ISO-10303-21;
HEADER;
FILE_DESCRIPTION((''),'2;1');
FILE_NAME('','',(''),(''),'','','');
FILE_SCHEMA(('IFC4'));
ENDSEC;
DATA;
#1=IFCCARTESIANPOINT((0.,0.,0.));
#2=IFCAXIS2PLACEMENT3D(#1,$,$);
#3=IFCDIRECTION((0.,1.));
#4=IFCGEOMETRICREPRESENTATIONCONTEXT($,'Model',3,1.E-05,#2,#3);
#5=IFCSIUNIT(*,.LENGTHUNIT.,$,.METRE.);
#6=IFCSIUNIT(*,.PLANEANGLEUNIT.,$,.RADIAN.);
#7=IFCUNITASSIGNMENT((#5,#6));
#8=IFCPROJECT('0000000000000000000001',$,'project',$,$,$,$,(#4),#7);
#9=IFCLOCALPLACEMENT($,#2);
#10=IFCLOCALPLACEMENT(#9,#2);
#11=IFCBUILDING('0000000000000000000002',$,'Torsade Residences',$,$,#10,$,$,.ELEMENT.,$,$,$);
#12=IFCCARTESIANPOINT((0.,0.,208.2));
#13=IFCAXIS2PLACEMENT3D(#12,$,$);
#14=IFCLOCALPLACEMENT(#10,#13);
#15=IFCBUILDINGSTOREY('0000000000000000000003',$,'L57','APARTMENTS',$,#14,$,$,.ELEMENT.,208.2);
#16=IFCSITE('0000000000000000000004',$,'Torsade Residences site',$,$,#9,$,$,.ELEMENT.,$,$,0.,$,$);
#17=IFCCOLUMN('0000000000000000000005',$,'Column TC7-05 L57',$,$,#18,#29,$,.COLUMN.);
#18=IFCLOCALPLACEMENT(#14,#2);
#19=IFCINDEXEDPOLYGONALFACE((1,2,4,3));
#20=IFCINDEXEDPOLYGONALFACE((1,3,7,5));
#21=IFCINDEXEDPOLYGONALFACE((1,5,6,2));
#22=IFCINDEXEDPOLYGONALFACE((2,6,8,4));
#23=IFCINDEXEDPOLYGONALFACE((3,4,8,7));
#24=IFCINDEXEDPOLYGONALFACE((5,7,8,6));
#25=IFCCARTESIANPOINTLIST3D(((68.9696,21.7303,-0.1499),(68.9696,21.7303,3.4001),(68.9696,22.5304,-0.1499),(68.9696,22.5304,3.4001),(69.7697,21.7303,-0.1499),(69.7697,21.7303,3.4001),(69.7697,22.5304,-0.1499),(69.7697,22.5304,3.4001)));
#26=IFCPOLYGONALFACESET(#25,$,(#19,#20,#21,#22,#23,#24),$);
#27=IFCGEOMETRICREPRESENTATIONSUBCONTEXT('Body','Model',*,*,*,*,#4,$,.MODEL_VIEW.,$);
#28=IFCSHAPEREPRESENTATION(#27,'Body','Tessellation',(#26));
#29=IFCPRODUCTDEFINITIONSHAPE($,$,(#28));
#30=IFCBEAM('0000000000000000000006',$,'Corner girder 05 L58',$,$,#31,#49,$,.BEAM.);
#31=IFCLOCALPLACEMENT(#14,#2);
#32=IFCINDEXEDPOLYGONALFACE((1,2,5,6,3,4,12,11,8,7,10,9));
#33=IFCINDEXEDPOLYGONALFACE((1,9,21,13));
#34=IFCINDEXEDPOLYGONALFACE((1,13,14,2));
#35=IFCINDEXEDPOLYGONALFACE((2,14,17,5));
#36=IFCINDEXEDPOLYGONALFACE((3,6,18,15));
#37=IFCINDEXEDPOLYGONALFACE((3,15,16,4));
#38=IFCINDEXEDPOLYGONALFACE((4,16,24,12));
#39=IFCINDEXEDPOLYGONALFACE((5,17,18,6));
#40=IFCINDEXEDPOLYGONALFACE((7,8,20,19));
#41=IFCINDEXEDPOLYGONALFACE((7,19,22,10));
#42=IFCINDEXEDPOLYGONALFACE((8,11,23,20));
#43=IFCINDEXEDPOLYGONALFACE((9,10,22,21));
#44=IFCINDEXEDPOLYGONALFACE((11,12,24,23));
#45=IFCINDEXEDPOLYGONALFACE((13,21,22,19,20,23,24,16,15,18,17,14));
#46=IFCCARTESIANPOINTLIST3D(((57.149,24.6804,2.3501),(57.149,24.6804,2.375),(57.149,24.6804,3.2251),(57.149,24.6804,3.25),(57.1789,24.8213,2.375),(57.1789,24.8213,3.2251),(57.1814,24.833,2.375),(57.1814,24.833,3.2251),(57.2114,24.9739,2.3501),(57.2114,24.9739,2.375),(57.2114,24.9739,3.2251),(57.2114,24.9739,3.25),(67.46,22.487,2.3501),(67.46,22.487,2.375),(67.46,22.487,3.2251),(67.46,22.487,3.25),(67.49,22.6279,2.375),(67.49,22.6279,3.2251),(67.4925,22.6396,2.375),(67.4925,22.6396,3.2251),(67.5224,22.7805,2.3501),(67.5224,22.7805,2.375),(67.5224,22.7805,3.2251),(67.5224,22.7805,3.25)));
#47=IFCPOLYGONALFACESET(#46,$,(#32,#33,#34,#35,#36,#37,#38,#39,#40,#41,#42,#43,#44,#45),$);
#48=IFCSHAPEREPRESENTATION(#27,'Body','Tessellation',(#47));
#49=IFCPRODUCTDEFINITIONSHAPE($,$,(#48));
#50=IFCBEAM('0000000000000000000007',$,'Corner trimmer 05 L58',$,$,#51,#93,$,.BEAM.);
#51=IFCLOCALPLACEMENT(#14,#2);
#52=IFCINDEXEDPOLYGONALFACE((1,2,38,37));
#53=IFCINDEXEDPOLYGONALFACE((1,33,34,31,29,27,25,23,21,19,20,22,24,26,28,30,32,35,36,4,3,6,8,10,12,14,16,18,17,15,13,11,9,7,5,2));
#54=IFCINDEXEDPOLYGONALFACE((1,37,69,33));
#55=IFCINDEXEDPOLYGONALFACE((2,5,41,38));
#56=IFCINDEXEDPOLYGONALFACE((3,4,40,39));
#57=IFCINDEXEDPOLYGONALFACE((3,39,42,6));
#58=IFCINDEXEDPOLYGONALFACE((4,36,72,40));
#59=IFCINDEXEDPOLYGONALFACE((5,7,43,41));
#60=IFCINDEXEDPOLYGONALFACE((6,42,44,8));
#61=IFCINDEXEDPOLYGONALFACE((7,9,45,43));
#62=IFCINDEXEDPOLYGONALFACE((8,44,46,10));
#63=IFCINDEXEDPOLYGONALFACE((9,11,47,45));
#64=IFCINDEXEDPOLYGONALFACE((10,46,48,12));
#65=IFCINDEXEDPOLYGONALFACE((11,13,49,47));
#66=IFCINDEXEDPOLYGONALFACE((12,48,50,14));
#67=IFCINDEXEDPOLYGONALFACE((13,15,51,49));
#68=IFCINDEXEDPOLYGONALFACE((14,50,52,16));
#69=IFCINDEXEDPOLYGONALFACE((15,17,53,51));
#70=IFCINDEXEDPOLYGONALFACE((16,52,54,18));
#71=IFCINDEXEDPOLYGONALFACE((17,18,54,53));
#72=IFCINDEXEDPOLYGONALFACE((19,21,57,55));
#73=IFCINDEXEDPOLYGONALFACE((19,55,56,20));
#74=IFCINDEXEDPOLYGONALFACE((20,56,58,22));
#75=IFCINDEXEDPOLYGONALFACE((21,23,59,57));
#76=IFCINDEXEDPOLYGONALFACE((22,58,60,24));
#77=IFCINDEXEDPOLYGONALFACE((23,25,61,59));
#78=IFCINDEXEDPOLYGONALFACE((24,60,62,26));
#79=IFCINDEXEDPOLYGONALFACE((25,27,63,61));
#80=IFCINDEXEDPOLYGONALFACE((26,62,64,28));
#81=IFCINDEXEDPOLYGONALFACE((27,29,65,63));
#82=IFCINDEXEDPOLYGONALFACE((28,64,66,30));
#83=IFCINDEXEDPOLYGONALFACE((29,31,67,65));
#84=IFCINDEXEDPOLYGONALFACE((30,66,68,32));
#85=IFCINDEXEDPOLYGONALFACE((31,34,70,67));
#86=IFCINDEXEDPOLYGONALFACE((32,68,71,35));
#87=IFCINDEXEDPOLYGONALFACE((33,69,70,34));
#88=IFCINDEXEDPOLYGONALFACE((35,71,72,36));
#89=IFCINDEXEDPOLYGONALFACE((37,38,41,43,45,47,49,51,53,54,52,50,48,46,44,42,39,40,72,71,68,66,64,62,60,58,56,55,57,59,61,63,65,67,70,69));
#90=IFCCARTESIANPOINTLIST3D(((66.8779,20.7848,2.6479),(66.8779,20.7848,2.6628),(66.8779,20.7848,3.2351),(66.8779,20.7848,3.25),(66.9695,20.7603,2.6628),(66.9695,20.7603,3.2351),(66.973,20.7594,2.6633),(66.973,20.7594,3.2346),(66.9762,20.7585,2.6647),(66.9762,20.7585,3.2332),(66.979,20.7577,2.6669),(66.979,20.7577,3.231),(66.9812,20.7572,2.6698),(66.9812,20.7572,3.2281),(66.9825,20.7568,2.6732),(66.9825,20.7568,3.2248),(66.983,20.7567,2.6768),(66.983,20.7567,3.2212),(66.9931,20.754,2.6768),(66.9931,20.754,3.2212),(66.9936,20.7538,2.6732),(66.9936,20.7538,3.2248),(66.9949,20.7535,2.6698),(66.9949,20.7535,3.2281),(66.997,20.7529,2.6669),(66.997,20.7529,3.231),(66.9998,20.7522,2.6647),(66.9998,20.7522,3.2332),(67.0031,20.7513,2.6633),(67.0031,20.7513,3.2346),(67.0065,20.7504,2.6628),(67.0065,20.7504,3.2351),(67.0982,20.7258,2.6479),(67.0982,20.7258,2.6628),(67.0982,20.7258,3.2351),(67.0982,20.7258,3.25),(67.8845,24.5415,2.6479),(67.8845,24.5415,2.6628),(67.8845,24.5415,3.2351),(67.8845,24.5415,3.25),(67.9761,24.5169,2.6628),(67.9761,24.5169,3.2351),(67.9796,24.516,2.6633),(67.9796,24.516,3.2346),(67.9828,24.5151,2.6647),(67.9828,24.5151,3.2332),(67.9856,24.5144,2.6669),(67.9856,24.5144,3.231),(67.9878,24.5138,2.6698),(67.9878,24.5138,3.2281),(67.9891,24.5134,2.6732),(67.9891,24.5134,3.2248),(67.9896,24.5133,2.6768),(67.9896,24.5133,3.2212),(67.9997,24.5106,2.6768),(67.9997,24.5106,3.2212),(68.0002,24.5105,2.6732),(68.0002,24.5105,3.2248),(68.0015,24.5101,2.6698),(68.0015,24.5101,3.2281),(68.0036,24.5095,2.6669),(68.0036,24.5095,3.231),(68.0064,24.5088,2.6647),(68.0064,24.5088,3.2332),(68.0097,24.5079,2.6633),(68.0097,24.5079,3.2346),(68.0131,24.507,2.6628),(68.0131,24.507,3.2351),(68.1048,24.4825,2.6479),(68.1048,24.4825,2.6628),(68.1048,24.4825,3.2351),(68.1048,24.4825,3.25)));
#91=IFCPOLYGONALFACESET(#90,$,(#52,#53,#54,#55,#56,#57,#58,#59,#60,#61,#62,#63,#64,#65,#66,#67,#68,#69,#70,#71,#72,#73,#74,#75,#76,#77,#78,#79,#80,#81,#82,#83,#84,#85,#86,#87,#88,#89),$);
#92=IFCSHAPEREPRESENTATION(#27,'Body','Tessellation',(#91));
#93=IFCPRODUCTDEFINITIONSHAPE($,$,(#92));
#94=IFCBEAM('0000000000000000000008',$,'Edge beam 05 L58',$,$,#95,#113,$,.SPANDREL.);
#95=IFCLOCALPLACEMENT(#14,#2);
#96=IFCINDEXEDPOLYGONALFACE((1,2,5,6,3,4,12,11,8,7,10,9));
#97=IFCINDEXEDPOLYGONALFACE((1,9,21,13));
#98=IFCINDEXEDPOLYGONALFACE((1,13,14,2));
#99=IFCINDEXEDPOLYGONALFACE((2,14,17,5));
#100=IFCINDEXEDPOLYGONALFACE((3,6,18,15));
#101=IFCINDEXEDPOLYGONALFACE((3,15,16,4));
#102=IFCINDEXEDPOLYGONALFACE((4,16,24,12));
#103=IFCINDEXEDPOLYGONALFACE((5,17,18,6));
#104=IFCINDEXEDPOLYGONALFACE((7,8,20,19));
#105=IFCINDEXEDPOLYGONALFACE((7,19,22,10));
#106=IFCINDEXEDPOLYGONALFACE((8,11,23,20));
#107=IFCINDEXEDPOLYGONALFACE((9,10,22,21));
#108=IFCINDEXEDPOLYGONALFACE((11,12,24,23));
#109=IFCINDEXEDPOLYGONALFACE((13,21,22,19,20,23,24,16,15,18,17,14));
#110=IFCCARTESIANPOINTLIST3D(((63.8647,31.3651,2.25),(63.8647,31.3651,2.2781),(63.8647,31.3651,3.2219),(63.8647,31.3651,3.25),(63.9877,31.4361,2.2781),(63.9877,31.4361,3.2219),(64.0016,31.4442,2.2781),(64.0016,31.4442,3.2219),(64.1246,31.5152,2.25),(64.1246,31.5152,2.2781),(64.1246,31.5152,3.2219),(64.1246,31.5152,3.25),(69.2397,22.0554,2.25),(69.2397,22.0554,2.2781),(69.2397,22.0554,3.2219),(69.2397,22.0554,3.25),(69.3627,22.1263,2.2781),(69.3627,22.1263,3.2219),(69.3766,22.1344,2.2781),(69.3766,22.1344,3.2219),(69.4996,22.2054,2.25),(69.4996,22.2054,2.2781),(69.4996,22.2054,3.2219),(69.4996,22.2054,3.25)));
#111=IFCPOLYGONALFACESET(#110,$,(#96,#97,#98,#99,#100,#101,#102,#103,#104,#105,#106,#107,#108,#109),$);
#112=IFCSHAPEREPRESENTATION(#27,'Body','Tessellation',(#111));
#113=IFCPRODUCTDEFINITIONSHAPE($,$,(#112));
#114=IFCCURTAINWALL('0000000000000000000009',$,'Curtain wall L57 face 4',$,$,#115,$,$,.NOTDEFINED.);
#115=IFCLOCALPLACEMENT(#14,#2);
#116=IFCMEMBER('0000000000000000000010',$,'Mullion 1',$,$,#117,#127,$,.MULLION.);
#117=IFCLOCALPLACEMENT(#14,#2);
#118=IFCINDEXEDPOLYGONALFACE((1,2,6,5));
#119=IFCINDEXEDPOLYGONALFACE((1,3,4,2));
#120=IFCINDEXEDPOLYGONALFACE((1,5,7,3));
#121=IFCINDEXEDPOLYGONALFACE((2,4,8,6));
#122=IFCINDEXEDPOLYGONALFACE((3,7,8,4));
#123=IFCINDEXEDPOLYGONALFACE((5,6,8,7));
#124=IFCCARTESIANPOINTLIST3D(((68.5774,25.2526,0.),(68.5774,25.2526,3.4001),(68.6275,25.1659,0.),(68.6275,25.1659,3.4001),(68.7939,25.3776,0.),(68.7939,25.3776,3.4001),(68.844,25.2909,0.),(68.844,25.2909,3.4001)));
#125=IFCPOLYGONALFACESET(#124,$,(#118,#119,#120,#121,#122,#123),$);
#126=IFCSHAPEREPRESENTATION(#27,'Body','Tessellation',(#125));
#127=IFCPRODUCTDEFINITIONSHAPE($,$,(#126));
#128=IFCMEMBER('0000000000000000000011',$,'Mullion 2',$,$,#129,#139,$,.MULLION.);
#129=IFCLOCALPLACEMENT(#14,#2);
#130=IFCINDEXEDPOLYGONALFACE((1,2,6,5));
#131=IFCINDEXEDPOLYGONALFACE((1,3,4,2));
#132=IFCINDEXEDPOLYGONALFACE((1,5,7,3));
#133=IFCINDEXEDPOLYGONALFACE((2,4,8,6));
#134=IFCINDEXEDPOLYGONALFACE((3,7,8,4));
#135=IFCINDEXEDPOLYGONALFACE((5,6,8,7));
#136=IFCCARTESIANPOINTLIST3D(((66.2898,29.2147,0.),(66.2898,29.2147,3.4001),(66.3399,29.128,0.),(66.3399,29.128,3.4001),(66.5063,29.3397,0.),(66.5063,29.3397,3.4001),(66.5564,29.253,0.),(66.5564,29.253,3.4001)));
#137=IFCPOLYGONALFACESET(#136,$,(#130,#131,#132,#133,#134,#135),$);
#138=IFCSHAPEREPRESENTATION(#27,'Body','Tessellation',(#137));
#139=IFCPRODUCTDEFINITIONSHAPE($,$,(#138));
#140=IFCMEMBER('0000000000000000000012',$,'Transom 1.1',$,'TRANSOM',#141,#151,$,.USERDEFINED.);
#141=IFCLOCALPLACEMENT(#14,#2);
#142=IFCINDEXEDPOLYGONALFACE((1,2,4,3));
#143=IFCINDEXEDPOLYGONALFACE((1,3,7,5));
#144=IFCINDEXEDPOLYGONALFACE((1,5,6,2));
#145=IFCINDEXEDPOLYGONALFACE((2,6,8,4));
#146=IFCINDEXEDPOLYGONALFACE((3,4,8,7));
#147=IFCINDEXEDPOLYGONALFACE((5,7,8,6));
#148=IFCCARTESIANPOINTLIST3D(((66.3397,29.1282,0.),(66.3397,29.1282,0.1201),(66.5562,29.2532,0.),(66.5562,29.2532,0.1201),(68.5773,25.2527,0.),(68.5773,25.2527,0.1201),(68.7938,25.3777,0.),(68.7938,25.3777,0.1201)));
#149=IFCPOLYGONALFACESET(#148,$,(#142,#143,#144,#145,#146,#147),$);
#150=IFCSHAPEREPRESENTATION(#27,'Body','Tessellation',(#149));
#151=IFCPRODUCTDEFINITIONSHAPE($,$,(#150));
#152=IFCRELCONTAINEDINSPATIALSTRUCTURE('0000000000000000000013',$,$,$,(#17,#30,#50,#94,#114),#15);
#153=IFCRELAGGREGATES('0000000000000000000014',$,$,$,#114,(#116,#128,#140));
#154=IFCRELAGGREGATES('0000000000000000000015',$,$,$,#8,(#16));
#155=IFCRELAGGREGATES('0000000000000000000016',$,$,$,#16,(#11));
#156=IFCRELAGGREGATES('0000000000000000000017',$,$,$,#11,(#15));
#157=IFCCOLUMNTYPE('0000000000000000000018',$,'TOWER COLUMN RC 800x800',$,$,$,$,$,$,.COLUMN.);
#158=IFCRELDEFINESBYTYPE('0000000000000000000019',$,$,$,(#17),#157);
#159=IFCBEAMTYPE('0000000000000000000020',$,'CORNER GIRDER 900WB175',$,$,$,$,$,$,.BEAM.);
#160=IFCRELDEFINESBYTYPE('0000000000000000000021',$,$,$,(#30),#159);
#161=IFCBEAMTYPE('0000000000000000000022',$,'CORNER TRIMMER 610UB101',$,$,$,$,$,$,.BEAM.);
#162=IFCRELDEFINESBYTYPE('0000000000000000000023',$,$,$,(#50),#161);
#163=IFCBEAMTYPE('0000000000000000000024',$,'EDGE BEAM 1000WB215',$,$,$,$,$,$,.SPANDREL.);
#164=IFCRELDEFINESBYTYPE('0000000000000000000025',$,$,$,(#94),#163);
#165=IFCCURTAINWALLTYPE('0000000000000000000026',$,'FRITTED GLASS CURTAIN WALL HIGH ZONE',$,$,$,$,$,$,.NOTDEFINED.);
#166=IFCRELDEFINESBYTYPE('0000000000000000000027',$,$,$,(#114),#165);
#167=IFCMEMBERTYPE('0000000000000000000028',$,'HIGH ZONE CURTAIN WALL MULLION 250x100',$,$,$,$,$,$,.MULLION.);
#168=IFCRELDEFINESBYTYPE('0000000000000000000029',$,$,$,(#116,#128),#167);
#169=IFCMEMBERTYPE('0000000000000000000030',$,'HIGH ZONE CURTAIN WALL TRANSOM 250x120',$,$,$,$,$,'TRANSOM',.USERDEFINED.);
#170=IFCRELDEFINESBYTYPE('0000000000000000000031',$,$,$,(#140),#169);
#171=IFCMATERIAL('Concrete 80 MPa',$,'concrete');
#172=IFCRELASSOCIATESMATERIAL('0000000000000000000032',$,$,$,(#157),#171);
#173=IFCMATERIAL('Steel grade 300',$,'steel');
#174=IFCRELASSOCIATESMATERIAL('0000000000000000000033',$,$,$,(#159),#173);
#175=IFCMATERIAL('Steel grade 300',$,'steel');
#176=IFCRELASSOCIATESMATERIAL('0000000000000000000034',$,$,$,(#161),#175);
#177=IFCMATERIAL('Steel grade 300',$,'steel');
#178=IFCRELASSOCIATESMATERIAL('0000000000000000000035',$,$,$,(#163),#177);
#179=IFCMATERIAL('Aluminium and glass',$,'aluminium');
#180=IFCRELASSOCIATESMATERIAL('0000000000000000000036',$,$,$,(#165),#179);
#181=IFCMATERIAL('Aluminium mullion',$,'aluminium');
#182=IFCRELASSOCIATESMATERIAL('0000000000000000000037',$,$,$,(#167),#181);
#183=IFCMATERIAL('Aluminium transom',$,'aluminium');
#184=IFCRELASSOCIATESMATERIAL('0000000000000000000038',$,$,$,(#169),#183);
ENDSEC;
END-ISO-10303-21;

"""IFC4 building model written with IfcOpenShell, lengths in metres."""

from ifc_helpers import new_model, si_unit, direction, frame, origin, origin_2d, place, context, subcontext, project, spatial, rectangle, i_section, extrude, material, material_profile, profile_set, type_object, element, aggregate, save


model = new_model("IFC4")

# Units and contexts
model_context = context("Model", 3, precision=1e-05, world=origin(), true_north=direction((0.0, 1.0)))
body_context = subcontext(model_context, "Body", "Model", "MODEL_VIEW")
ifc_project = project(units=[si_unit("LENGTHUNIT", "METRE"), si_unit("PLANEANGLEUNIT", "RADIAN")], contexts=[model_context])

# Site, building, storey
site_placement = place(None, origin())
site = spatial("IfcSite", under=ifc_project, at=site_placement, Name="Torsade Residences site", CompositionType="ELEMENT", RefElevation=0.0)
building_placement = place(site_placement, origin())
building = spatial("IfcBuilding", under=site, at=building_placement, Name="Torsade Residences", CompositionType="ELEMENT")
storey_placement = place(building_placement, frame((0.0, 0.0, 208.2)))
storey = spatial("IfcBuildingStorey", under=building, at=storey_placement, Name="L57", Description="APARTMENTS", CompositionType="ELEMENT", Elevation=208.2)

# Column
ifc_material_1 = material(Name="Concrete 80 MPa", Category="concrete")
ifc_material_profile_1 = material_profile(ifc_material_1, rectangle(XDim=0.8, YDim=0.8, at=origin_2d()), Name="RC 800x800")
ifc_profile_set_1 = profile_set([ifc_material_profile_1], Name="Concrete 80 MPa")
column_type = type_object("IfcColumnType", Name="TOWER COLUMN RC 800x800", PredefinedType="COLUMN", material=ifc_profile_set_1)
column_placement = place(storey_placement, frame((69.3696, 22.1304, -0.1499), z_axis=(0.0, 0.0, 1.0), x_axis=(1.0, 0.0, 0.0)))
element("IfcColumn", 1, at=column_placement, inside=storey, type_object=column_type, Name="Column TC7-05 L57", PredefinedType="COLUMN", context=body_context, shape_type="SweptSolid", body=[
    extrude(rectangle(XDim=0.8, YDim=0.8, at=origin_2d()), origin(), (0.0, 0.0, 1.0), 3.55),
])

# Beams
ifc_material_2 = material(Name="Steel grade 300", Category="steel")
ifc_material_profile_2 = material_profile(ifc_material_2, i_section(OverallWidth=0.3, OverallDepth=0.8999, WebThickness=0.012, FlangeThickness=0.0249, at=origin_2d()), Name="900WB175")
ifc_profile_set_2 = profile_set([ifc_material_profile_2], Name="Steel grade 300")
beam_type_1 = type_object("IfcBeamType", Name="CORNER GIRDER 900WB175", PredefinedType="BEAM", material=ifc_profile_set_2)
beam_1_placement = place(storey_placement, frame((67.4912, 22.6338, 2.8), z_axis=(-0.978115, 0.208064, 0.0), x_axis=(-0.208064, -0.978115, 0.0)))
element("IfcBeam", 2, at=beam_1_placement, inside=storey, type_object=beam_type_1, Name="Corner girder 05 L58", PredefinedType="BEAM", context=body_context, shape_type="SweptSolid", body=[
    extrude(i_section(OverallWidth=0.3, OverallDepth=0.8999, WebThickness=0.012, FlangeThickness=0.0249, at=origin_2d()), origin(), (0.0, 0.0, 1.0), 10.5417),
])
ifc_material_3 = material(Name="Steel grade 300", Category="steel")
ifc_material_profile_3 = material_profile(ifc_material_3, i_section(OverallWidth=0.228, OverallDepth=0.6021, WebThickness=0.0105, FlangeThickness=0.0149, FilletRadius=0.0139, at=origin_2d()), Name="610UB101")
ifc_profile_set_3 = profile_set([ifc_material_profile_3], Name="Steel grade 300")
beam_type_2 = type_object("IfcBeamType", Name="CORNER TRIMMER 610UB101", PredefinedType="BEAM", material=ifc_profile_set_3)
beam_2_placement = place(storey_placement, frame((67.9946, 24.512, 2.949), z_axis=(-0.258823, -0.965925, 0.0), x_axis=(0.965925, -0.258823, 0.0)))
element("IfcBeam", 3, at=beam_2_placement, inside=storey, type_object=beam_type_2, Name="Corner trimmer 05 L58", PredefinedType="BEAM", context=body_context, shape_type="SweptSolid", body=[
    extrude(i_section(OverallWidth=0.228, OverallDepth=0.6021, WebThickness=0.0105, FlangeThickness=0.0149, FilletRadius=0.0139, at=origin_2d()), origin(), (0.0, 0.0, 1.0), 3.8892),
])
ifc_material_4 = material(Name="Steel grade 300", Category="steel")
ifc_material_profile_4 = material_profile(ifc_material_4, i_section(OverallWidth=0.3, OverallDepth=1.0, WebThickness=0.0161, FlangeThickness=0.0281, at=origin_2d()), Name="1000WB215")
ifc_profile_set_4 = profile_set([ifc_material_profile_4], Name="Steel grade 300")
beam_type_3 = type_object("IfcBeamType", Name="EDGE BEAM 1000WB215", PredefinedType="SPANDREL", material=ifc_profile_set_4)
beam_3_placement = place(storey_placement, frame((69.3696, 22.1304, 2.75), z_axis=(-0.499998, 0.866026, 0.0), x_axis=(-0.866026, -0.499998, 0.0)))
element("IfcBeam", 4, at=beam_3_placement, inside=storey, type_object=beam_type_3, Name="Edge beam 05 L58", PredefinedType="SPANDREL", context=body_context, shape_type="SweptSolid", body=[
    extrude(i_section(OverallWidth=0.3, OverallDepth=1.0, WebThickness=0.0161, FlangeThickness=0.0281, at=origin_2d()), origin(), (0.0, 0.0, 1.0), 10.75),
])

# Curtain wall, members
ifc_material_5 = material(Name="Aluminium and glass", Category="aluminium")
curtain_wall_type = type_object("IfcCurtainWallType", Name="FRITTED GLASS CURTAIN WALL HIGH ZONE", PredefinedType="NOTDEFINED", material=ifc_material_5)
curtain_wall_placement = place(storey_placement, origin())
curtain_wall = element("IfcCurtainWall", 5, at=curtain_wall_placement, inside=storey, type_object=curtain_wall_type, Name="Curtain wall L57 face 4", PredefinedType="NOTDEFINED")
ifc_material_6 = material(Name="Aluminium mullion", Category="aluminium")
ifc_material_profile_5 = material_profile(ifc_material_6, rectangle(XDim=0.25, YDim=0.1001, at=origin_2d()), Name="HIGH ZONE CURTAIN WALL MULLION 250x100")
ifc_profile_set_5 = profile_set([ifc_material_profile_5], Name="Aluminium mullion")
member_type_1 = type_object("IfcMemberType", Name="HIGH ZONE CURTAIN WALL MULLION 250x100", PredefinedType="MULLION", material=ifc_profile_set_5)
member_1_placement = place(storey_placement, frame((68.7107, 25.2717, 0.0), z_axis=(0.0, 0.0, 1.0), x_axis=(-0.866025, -0.5, 0.0)))
member_1 = element("IfcMember", 6, at=member_1_placement, type_object=member_type_1, Name="Mullion 1", PredefinedType="MULLION", context=body_context, shape_type="SweptSolid", body=[
    extrude(rectangle(XDim=0.25, YDim=0.1001, at=origin_2d()), origin(), (0.0, 0.0, 1.0), 3.4001),
])
member_2_placement = place(storey_placement, frame((66.4231, 29.2339, 0.0), z_axis=(0.0, 0.0, 1.0), x_axis=(-0.866025, -0.5, 0.0)))
member_2 = element("IfcMember", 7, at=member_2_placement, type_object=member_type_1, Name="Mullion 2", PredefinedType="MULLION", context=body_context, shape_type="SweptSolid", body=[
    extrude(rectangle(XDim=0.25, YDim=0.1001, at=origin_2d()), origin(), (0.0, 0.0, 1.0), 3.4001),
])
ifc_material_7 = material(Name="Aluminium transom", Category="aluminium")
ifc_material_profile_6 = material_profile(ifc_material_7, rectangle(XDim=0.25, YDim=0.1201, at=origin_2d()), Name="HIGH ZONE CURTAIN WALL TRANSOM 250x120")
ifc_profile_set_6 = profile_set([ifc_material_profile_6], Name="Aluminium transom")
member_type_2 = type_object("IfcMemberType", Name="HIGH ZONE CURTAIN WALL TRANSOM 250x120", ElementType="TRANSOM", PredefinedType="USERDEFINED", material=ifc_profile_set_6)
member_3_placement = place(storey_placement, frame((68.6855, 25.3152, 0.0601), z_axis=(-0.500006, 0.866022, 0.0), x_axis=(-0.866022, -0.500006, 0.0)))
member_3 = element("IfcMember", 8, at=member_3_placement, type_object=member_type_2, Name="Transom 1.1", ObjectType="TRANSOM", PredefinedType="USERDEFINED", context=body_context, shape_type="SweptSolid", body=[
    extrude(rectangle(XDim=0.25, YDim=0.1201, at=origin_2d()), origin(), (0.0, 0.0, 1.0), 4.4751),
])

aggregate(curtain_wall, [member_1, member_2, member_3])

save(model, "model.ifc")
